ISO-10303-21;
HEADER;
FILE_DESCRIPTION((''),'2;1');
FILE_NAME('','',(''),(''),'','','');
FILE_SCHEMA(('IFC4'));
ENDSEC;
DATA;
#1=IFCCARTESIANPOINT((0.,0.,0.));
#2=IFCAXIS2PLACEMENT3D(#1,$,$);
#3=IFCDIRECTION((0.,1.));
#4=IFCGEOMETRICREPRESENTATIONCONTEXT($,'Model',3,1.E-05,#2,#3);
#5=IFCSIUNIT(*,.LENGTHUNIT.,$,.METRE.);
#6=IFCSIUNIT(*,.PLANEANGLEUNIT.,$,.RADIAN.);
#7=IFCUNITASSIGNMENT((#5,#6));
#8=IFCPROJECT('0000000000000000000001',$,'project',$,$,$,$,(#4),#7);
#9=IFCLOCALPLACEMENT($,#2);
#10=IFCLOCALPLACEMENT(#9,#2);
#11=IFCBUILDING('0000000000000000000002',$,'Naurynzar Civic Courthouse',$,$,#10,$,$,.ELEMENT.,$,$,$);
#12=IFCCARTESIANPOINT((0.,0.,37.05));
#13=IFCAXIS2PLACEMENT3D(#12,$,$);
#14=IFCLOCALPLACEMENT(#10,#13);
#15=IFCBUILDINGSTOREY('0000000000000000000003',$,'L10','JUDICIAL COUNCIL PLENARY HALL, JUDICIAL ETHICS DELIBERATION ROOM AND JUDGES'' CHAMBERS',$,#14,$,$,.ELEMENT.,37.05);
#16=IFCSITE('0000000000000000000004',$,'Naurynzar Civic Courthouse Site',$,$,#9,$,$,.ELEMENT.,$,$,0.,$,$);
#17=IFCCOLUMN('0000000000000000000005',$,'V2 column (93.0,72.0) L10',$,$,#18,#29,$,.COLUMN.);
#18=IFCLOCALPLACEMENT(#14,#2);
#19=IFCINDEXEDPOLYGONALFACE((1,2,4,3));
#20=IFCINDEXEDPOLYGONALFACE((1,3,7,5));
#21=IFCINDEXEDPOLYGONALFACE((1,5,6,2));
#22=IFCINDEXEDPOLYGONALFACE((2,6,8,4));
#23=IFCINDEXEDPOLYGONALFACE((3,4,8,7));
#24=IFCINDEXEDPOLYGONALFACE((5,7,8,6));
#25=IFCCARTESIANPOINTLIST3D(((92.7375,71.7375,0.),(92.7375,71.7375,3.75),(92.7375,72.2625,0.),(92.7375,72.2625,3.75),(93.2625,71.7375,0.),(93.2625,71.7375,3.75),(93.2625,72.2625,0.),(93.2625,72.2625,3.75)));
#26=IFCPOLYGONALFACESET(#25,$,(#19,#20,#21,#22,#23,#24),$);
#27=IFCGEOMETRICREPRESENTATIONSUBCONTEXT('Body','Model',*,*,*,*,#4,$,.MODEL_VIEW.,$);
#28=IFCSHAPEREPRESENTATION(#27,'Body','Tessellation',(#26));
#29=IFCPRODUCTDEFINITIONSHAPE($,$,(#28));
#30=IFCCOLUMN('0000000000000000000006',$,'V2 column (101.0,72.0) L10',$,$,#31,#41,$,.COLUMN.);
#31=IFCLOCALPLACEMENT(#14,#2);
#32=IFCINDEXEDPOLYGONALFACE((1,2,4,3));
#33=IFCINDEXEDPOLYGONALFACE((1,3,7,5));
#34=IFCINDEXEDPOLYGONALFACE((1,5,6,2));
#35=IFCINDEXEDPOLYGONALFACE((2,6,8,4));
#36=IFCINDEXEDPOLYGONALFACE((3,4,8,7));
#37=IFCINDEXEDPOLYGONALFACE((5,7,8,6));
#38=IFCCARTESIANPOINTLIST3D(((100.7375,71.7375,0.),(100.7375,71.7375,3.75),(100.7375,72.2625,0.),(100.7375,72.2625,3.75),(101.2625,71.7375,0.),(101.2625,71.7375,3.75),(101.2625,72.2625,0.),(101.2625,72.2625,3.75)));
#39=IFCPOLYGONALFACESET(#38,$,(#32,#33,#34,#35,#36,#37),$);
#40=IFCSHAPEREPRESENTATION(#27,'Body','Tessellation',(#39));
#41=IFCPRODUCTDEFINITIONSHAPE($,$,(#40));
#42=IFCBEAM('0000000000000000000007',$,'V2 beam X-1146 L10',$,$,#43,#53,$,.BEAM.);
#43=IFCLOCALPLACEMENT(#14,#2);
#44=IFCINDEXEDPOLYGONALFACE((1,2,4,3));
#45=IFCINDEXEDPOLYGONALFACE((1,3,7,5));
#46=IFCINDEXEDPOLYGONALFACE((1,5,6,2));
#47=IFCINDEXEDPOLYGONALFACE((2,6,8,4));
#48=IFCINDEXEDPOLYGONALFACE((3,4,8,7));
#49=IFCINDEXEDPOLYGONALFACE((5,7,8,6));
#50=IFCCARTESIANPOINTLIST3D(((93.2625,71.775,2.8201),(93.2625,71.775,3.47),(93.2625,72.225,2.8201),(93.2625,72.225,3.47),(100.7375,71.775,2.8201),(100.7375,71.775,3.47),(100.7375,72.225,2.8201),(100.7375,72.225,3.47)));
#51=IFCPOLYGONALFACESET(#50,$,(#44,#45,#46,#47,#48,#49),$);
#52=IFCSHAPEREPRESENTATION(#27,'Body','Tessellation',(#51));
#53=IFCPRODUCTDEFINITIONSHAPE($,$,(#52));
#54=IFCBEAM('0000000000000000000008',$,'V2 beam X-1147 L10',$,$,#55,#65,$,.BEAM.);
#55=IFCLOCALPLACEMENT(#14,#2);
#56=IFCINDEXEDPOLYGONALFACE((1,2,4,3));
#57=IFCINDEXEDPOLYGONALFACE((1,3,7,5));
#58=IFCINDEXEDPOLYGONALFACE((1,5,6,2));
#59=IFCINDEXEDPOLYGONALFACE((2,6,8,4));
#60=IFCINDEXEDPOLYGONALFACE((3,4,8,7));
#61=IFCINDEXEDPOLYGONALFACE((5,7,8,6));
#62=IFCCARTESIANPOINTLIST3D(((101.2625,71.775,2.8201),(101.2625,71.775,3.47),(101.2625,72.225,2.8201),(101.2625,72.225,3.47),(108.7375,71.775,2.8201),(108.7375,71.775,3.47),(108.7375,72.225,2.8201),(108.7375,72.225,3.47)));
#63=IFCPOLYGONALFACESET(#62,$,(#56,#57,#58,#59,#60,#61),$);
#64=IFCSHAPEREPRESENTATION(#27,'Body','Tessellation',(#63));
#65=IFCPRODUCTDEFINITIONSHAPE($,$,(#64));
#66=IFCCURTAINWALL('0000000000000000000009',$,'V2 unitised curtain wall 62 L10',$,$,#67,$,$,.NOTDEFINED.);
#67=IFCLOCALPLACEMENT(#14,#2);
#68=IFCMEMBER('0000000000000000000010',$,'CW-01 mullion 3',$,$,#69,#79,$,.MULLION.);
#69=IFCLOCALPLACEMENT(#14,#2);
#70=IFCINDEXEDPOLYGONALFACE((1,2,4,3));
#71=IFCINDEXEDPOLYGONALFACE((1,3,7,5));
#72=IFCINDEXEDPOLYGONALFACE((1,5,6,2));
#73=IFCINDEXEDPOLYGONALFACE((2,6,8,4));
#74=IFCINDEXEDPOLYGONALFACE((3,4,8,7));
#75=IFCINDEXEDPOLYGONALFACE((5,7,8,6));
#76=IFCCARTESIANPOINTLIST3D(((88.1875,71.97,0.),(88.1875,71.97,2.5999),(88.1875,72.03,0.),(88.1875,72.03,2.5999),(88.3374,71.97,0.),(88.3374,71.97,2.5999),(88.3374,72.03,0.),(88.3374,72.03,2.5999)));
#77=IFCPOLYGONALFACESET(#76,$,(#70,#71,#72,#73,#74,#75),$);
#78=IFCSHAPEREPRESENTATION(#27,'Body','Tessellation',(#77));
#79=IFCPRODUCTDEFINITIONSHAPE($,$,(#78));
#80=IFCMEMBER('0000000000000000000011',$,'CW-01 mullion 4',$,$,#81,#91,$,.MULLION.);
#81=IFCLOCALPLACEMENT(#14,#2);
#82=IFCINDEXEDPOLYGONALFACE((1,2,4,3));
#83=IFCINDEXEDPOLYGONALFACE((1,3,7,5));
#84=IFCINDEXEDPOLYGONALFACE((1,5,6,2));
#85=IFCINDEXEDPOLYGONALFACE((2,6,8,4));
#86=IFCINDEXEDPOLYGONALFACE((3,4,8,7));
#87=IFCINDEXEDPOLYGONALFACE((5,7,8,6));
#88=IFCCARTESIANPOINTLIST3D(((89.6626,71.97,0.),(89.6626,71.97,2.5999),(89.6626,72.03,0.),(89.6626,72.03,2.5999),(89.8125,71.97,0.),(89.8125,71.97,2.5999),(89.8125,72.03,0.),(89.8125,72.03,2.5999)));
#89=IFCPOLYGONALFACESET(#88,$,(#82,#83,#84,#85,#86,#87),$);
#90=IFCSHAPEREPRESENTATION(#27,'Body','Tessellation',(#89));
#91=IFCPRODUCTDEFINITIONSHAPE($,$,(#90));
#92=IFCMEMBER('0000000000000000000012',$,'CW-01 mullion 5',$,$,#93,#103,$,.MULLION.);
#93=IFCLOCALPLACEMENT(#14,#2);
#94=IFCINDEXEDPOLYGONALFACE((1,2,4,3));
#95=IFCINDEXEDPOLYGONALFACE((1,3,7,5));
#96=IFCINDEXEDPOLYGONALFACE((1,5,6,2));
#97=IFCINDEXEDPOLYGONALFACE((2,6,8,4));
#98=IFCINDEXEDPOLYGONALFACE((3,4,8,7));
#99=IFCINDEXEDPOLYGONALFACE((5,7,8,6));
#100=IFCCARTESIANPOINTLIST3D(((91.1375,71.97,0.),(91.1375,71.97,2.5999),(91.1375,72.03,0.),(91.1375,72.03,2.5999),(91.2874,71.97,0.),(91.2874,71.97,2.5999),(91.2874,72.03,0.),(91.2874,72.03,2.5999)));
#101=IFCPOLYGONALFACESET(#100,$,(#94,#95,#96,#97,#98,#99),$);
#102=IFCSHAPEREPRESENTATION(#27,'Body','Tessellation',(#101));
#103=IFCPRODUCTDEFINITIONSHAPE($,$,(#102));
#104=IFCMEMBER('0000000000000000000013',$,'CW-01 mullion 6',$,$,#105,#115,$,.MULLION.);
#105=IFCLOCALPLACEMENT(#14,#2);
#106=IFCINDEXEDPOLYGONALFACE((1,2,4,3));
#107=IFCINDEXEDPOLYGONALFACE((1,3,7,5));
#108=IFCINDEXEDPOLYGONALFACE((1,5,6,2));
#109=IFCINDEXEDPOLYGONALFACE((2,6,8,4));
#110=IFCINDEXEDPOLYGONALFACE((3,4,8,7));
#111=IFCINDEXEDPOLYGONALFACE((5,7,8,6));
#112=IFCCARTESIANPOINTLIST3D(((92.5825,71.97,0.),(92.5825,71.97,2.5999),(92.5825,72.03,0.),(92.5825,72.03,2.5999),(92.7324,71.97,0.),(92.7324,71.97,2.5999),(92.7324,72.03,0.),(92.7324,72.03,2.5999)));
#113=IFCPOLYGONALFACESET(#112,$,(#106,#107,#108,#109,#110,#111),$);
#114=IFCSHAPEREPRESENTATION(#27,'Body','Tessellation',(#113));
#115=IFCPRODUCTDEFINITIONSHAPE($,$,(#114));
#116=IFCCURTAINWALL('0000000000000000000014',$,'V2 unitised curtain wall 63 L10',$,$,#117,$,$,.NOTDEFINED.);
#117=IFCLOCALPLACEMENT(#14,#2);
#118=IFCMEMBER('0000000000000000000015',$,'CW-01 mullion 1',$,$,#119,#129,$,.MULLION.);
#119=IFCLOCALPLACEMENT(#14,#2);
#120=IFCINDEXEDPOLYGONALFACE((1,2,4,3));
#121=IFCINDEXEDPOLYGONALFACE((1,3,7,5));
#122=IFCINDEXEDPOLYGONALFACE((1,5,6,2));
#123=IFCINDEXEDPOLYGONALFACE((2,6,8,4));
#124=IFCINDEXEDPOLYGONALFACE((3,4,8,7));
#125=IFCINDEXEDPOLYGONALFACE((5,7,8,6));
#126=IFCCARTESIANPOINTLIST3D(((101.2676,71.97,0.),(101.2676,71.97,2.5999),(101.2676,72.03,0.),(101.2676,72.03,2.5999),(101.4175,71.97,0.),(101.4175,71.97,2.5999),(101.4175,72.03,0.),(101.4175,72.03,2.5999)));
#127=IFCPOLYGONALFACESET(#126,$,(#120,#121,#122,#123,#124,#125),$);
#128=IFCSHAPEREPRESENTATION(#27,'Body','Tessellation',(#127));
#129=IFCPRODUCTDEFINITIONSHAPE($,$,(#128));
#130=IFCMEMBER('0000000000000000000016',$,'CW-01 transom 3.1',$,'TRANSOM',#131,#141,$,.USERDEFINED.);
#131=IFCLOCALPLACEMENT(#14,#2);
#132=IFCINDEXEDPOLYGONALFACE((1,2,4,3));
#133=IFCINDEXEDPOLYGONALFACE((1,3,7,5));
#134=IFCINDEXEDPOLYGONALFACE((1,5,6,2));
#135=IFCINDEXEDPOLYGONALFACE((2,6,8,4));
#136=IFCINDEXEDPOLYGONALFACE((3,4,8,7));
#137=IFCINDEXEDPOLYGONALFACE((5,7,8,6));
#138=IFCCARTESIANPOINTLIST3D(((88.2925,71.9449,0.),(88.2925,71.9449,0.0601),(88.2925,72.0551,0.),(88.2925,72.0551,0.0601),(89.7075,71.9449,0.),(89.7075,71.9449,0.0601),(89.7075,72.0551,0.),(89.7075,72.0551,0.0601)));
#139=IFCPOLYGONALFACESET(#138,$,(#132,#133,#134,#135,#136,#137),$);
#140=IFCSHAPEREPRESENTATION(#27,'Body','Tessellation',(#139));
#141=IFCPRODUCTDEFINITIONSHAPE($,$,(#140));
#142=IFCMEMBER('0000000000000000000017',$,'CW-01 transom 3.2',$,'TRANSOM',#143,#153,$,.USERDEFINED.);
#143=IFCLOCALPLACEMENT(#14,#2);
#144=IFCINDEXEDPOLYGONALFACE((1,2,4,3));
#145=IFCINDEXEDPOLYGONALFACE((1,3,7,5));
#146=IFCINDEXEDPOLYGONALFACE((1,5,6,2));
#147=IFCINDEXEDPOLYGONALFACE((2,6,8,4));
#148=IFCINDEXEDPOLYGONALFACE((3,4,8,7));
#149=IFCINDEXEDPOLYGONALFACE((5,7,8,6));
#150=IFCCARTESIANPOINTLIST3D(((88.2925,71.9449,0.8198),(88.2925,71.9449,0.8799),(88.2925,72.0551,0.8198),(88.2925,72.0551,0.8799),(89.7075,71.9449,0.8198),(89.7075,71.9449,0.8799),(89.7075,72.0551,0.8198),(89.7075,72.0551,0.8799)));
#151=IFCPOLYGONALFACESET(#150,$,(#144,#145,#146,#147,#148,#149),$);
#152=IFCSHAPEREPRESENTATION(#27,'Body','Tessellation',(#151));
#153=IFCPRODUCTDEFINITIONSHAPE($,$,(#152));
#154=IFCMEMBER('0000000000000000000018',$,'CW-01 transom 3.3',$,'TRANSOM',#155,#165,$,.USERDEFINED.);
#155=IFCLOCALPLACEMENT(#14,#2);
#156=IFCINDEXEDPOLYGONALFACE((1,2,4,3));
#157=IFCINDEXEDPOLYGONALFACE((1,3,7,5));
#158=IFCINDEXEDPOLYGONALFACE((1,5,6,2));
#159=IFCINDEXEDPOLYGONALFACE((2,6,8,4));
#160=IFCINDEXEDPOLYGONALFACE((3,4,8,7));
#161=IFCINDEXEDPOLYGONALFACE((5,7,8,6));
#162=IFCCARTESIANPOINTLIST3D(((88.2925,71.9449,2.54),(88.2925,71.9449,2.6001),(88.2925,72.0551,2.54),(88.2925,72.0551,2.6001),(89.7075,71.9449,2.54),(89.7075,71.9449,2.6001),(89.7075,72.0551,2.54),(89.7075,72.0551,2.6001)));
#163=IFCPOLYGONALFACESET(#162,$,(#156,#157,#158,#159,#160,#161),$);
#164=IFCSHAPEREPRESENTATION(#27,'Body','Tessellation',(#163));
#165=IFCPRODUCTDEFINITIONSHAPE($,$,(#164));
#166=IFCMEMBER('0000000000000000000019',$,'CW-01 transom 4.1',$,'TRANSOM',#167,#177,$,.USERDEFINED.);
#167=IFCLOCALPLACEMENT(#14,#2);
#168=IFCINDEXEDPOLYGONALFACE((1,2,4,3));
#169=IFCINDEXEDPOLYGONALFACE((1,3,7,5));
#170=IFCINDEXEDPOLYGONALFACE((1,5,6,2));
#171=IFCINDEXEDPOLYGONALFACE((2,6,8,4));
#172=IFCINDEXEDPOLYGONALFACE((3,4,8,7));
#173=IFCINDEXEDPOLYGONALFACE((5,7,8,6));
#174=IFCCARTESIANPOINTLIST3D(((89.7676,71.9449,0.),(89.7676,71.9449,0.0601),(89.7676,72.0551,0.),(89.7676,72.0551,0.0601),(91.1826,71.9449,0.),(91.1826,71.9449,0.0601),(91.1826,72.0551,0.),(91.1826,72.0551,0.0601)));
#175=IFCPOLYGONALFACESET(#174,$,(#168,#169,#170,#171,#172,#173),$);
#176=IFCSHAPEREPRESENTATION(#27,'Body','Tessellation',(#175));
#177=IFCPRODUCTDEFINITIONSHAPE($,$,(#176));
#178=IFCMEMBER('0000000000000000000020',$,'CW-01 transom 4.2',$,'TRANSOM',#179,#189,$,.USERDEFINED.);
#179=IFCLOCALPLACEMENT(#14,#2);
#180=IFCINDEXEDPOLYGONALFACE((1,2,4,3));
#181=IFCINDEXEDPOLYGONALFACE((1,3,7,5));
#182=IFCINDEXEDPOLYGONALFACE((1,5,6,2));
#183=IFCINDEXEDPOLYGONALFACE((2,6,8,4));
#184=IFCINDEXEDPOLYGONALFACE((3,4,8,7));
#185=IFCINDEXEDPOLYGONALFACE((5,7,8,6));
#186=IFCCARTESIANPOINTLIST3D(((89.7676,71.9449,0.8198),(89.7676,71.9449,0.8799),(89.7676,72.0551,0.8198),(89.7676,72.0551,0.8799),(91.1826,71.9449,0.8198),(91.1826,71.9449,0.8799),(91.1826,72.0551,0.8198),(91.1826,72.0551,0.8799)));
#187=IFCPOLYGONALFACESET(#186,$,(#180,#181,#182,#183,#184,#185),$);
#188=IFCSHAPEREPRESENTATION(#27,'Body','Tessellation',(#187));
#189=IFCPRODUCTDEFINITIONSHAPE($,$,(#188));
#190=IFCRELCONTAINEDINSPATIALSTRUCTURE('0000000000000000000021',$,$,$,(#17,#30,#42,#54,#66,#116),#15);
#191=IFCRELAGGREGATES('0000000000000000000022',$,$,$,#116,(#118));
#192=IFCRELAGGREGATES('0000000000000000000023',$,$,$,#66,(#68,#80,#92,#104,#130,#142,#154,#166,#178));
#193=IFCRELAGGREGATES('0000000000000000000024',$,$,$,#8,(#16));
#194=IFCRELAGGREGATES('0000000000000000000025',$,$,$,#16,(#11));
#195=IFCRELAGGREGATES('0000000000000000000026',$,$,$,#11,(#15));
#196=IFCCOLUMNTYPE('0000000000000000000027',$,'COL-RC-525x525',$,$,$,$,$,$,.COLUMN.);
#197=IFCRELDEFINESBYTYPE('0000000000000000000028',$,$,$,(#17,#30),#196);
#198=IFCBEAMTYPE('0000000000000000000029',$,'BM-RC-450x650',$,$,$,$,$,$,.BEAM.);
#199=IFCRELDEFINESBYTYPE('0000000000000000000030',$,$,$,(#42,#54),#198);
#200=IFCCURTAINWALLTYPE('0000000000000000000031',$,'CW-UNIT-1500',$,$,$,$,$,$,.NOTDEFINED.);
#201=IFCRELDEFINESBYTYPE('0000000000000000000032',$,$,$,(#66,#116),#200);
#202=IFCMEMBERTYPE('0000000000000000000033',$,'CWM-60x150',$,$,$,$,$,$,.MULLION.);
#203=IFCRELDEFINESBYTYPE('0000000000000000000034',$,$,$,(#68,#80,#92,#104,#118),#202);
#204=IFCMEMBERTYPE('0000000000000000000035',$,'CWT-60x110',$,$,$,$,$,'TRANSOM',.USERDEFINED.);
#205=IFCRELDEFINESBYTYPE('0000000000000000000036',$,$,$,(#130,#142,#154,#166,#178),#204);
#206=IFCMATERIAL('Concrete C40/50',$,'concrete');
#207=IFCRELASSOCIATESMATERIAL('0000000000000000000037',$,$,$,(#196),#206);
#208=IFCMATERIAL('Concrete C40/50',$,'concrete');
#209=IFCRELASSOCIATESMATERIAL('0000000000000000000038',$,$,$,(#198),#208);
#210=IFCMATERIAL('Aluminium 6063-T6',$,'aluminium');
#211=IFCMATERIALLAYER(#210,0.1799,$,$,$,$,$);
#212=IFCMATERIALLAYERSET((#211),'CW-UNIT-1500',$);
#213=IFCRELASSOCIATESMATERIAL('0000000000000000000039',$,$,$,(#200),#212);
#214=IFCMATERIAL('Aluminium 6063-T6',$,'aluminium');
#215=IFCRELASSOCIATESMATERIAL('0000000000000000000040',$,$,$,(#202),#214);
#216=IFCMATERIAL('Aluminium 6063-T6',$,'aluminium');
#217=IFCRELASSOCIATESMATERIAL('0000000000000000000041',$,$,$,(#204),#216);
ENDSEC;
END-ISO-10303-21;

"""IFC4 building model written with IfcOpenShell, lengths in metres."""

from ifc_helpers import new_model, si_unit, direction, frame, origin, origin_2d, place, context, subcontext, project, spatial, rectangle, extrude, material, layer, layer_set, material_profile, profile_set, type_object, element, aggregate, save


model = new_model("IFC4")

# Units and contexts
model_context = context("Model", 3, precision=1e-05, world=origin(), true_north=direction((0.0, 1.0)))
body_context = subcontext(model_context, "Body", "Model", "MODEL_VIEW")
ifc_project = project(units=[si_unit("LENGTHUNIT", "METRE"), si_unit("PLANEANGLEUNIT", "RADIAN")], contexts=[model_context])

# Site, building, storey
site_placement = place(None, origin())
site = spatial("IfcSite", under=ifc_project, at=site_placement, Name="Naurynzar Civic Courthouse Site", CompositionType="ELEMENT", RefElevation=0.0)
building_placement = place(site_placement, origin())
building = spatial("IfcBuilding", under=site, at=building_placement, Name="Naurynzar Civic Courthouse", CompositionType="ELEMENT")
storey_placement = place(building_placement, frame((0.0, 0.0, 37.05)))
storey = spatial("IfcBuildingStorey", under=building, at=storey_placement, Name="L10", Description="JUDICIAL COUNCIL PLENARY HALL, JUDICIAL ETHICS DELIBERATION ROOM AND JUDGES' CHAMBERS", CompositionType="ELEMENT", Elevation=37.05)

# Columns
ifc_material_1 = material(Name="Concrete C40/50", Category="concrete")
ifc_material_profile_1 = material_profile(ifc_material_1, rectangle(XDim=0.5249, YDim=0.5249, at=origin_2d()), Name="RC 525x525")
ifc_profile_set_1 = profile_set([ifc_material_profile_1], Name="Concrete C40/50")
column_type = type_object("IfcColumnType", Name="COL-RC-525x525", PredefinedType="COLUMN", material=ifc_profile_set_1)
for number, where, z_axis, x_axis, name in (
    (1, (93.0, 72.0, 0.0), (0.0, 0.0, 1.0), (1.0, 0.0, 0.0), "V2 column (93.0,72.0) L10"),
    (2, (101.0, 72.0, 0.0), (0.0, 0.0, 1.0), (1.0, 0.0, 0.0), "V2 column (101.0,72.0) L10"),
):
    element("IfcColumn", number, at=place(storey_placement, frame(where, z_axis=z_axis, x_axis=x_axis)), inside=storey, type_object=column_type, Name=name, PredefinedType="COLUMN", context=body_context, shape_type="SweptSolid", body=[
        extrude(rectangle(XDim=0.5249, YDim=0.5249, at=origin_2d()), origin(), (0.0, 0.0, 1.0), 3.75),
    ])

# Beams
ifc_material_2 = material(Name="Concrete C40/50", Category="concrete")
ifc_material_profile_2 = material_profile(ifc_material_2, rectangle(XDim=0.45, YDim=0.6499, at=origin_2d()), Name="RCB 450x650")
ifc_profile_set_2 = profile_set([ifc_material_profile_2], Name="Concrete C40/50")
beam_type = type_object("IfcBeamType", Name="BM-RC-450x650", PredefinedType="BEAM", material=ifc_profile_set_2)
for number, where, z_axis, x_axis, name in (
    (3, (93.2625, 72.0, 3.145), (1.0, 0.0, 0.0), (0.0, 1.0, 0.0), "V2 beam X-1146 L10"),
    (4, (101.2625, 72.0, 3.145), (1.0, 0.0, 0.0), (0.0, 1.0, 0.0), "V2 beam X-1147 L10"),
):
    element("IfcBeam", number, at=place(storey_placement, frame(where, z_axis=z_axis, x_axis=x_axis)), inside=storey, type_object=beam_type, Name=name, PredefinedType="BEAM", context=body_context, shape_type="SweptSolid", body=[
        extrude(rectangle(XDim=0.45, YDim=0.6499, at=origin_2d()), origin(), (0.0, 0.0, 1.0), 7.4751),
    ])

# Curtain wall, members
ifc_material_3 = material(Name="Aluminium 6063-T6", Category="aluminium")
ifc_layer_1 = layer(ifc_material_3, 0.1799)
ifc_layer_set_1 = layer_set([ifc_layer_1], Name="CW-UNIT-1500")
curtain_wall_type = type_object("IfcCurtainWallType", Name="CW-UNIT-1500", PredefinedType="NOTDEFINED", material=ifc_layer_set_1)
curtain_wall_1_placement = place(storey_placement, origin())
curtain_wall_1 = element("IfcCurtainWall", 5, at=curtain_wall_1_placement, inside=storey, type_object=curtain_wall_type, Name="V2 unitised curtain wall 62 L10", PredefinedType="NOTDEFINED")
ifc_material_4 = material(Name="Aluminium 6063-T6", Category="aluminium")
ifc_material_profile_3 = material_profile(ifc_material_4, rectangle(XDim=0.0601, YDim=0.1499, at=origin_2d()), Name="ALU MULLION 60x150")
ifc_profile_set_3 = profile_set([ifc_material_profile_3], Name="Aluminium 6063-T6")
member_type_1 = type_object("IfcMemberType", Name="CWM-60x150", PredefinedType="MULLION", material=ifc_profile_set_3)
member_1_placement = place(storey_placement, frame((88.2625, 72.0, 0.0), z_axis=(0.0, 0.0, 1.0), x_axis=(0.0, 1.0, 0.0)))
member_1 = element("IfcMember", 6, at=member_1_placement, type_object=member_type_1, Name="CW-01 mullion 3", PredefinedType="MULLION", context=body_context, shape_type="SweptSolid", body=[
    extrude(rectangle(XDim=0.0601, YDim=0.1499, at=origin_2d()), origin(), (0.0, 0.0, 1.0), 2.5999),
])
member_2_placement = place(storey_placement, frame((89.7375, 72.0, 0.0), z_axis=(0.0, 0.0, 1.0), x_axis=(0.0, 1.0, 0.0)))
member_2 = element("IfcMember", 7, at=member_2_placement, type_object=member_type_1, Name="CW-01 mullion 4", PredefinedType="MULLION", context=body_context, shape_type="SweptSolid", body=[
    extrude(rectangle(XDim=0.0601, YDim=0.1499, at=origin_2d()), origin(), (0.0, 0.0, 1.0), 2.5999),
])
member_3_placement = place(storey_placement, frame((91.2124, 72.0, 0.0), z_axis=(0.0, 0.0, 1.0), x_axis=(0.0, 1.0, 0.0)))
member_3 = element("IfcMember", 8, at=member_3_placement, type_object=member_type_1, Name="CW-01 mullion 5", PredefinedType="MULLION", context=body_context, shape_type="SweptSolid", body=[
    extrude(rectangle(XDim=0.0601, YDim=0.1499, at=origin_2d()), origin(), (0.0, 0.0, 1.0), 2.5999),
])
member_4_placement = place(storey_placement, frame((92.6575, 72.0, 0.0), z_axis=(0.0, 0.0, 1.0), x_axis=(0.0, 1.0, 0.0)))
member_4 = element("IfcMember", 9, at=member_4_placement, type_object=member_type_1, Name="CW-01 mullion 6", PredefinedType="MULLION", context=body_context, shape_type="SweptSolid", body=[
    extrude(rectangle(XDim=0.0601, YDim=0.1499, at=origin_2d()), origin(), (0.0, 0.0, 1.0), 2.5999),
])

# Curtain wall, member
curtain_wall_2_placement = place(storey_placement, origin())
curtain_wall_2 = element("IfcCurtainWall", 10, at=curtain_wall_2_placement, inside=storey, type_object=curtain_wall_type, Name="V2 unitised curtain wall 63 L10", PredefinedType="NOTDEFINED")
member_5_placement = place(storey_placement, frame((101.3425, 72.0, 0.0), z_axis=(0.0, 0.0, 1.0), x_axis=(0.0, 1.0, 0.0)))
member_5 = element("IfcMember", 11, at=member_5_placement, type_object=member_type_1, Name="CW-01 mullion 1", PredefinedType="MULLION", context=body_context, shape_type="SweptSolid", body=[
    extrude(rectangle(XDim=0.0601, YDim=0.1499, at=origin_2d()), origin(), (0.0, 0.0, 1.0), 2.5999),
])

# Members
ifc_material_5 = material(Name="Aluminium 6063-T6", Category="aluminium")
ifc_material_profile_4 = material_profile(ifc_material_5, rectangle(XDim=0.1101, YDim=0.0601, at=origin_2d()), Name="ALU TRANSOM 60x110")
ifc_profile_set_4 = profile_set([ifc_material_profile_4], Name="Aluminium 6063-T6")
member_type_2 = type_object("IfcMemberType", Name="CWT-60x110", ElementType="TRANSOM", PredefinedType="USERDEFINED", material=ifc_profile_set_4)
member_6_placement = place(storey_placement, frame((88.2925, 72.0, 0.03), z_axis=(1.0, 0.0, 0.0), x_axis=(0.0, 1.0, 0.0)))
member_6 = element("IfcMember", 12, at=member_6_placement, type_object=member_type_2, Name="CW-01 transom 3.1", ObjectType="TRANSOM", PredefinedType="USERDEFINED", context=body_context, shape_type="SweptSolid", body=[
    extrude(rectangle(XDim=0.1101, YDim=0.0601, at=origin_2d()), origin(), (0.0, 0.0, 1.0), 1.415),
])
member_7_placement = place(storey_placement, frame((88.2925, 72.0, 0.8499), z_axis=(1.0, 0.0, 0.0), x_axis=(0.0, 1.0, 0.0)))
member_7 = element("IfcMember", 13, at=member_7_placement, type_object=member_type_2, Name="CW-01 transom 3.2", ObjectType="TRANSOM", PredefinedType="USERDEFINED", context=body_context, shape_type="SweptSolid", body=[
    extrude(rectangle(XDim=0.1101, YDim=0.0601, at=origin_2d()), origin(), (0.0, 0.0, 1.0), 1.415),
])
member_8_placement = place(storey_placement, frame((88.2925, 72.0, 2.5701), z_axis=(1.0, 0.0, 0.0), x_axis=(0.0, 1.0, 0.0)))
member_8 = element("IfcMember", 14, at=member_8_placement, type_object=member_type_2, Name="CW-01 transom 3.3", ObjectType="TRANSOM", PredefinedType="USERDEFINED", context=body_context, shape_type="SweptSolid", body=[
    extrude(rectangle(XDim=0.1101, YDim=0.0601, at=origin_2d()), origin(), (0.0, 0.0, 1.0), 1.415),
])
member_9_placement = place(storey_placement, frame((89.7676, 72.0, 0.03), z_axis=(1.0, 0.0, 0.0), x_axis=(0.0, 1.0, 0.0)))
member_9 = element("IfcMember", 15, at=member_9_placement, type_object=member_type_2, Name="CW-01 transom 4.1", ObjectType="TRANSOM", PredefinedType="USERDEFINED", context=body_context, shape_type="SweptSolid", body=[
    extrude(rectangle(XDim=0.1101, YDim=0.0601, at=origin_2d()), origin(), (0.0, 0.0, 1.0), 1.415),
])
member_10_placement = place(storey_placement, frame((89.7676, 72.0, 0.8499), z_axis=(1.0, 0.0, 0.0), x_axis=(0.0, 1.0, 0.0)))
member_10 = element("IfcMember", 16, at=member_10_placement, type_object=member_type_2, Name="CW-01 transom 4.2", ObjectType="TRANSOM", PredefinedType="USERDEFINED", context=body_context, shape_type="SweptSolid", body=[
    extrude(rectangle(XDim=0.1101, YDim=0.0601, at=origin_2d()), origin(), (0.0, 0.0, 1.0), 1.415),
])
aggregate(curtain_wall_2, [member_5])

aggregate(curtain_wall_1, [member_1, member_2, member_3, member_4, member_6, member_7, member_8, member_9, member_10])

save(model, "model.ifc")
